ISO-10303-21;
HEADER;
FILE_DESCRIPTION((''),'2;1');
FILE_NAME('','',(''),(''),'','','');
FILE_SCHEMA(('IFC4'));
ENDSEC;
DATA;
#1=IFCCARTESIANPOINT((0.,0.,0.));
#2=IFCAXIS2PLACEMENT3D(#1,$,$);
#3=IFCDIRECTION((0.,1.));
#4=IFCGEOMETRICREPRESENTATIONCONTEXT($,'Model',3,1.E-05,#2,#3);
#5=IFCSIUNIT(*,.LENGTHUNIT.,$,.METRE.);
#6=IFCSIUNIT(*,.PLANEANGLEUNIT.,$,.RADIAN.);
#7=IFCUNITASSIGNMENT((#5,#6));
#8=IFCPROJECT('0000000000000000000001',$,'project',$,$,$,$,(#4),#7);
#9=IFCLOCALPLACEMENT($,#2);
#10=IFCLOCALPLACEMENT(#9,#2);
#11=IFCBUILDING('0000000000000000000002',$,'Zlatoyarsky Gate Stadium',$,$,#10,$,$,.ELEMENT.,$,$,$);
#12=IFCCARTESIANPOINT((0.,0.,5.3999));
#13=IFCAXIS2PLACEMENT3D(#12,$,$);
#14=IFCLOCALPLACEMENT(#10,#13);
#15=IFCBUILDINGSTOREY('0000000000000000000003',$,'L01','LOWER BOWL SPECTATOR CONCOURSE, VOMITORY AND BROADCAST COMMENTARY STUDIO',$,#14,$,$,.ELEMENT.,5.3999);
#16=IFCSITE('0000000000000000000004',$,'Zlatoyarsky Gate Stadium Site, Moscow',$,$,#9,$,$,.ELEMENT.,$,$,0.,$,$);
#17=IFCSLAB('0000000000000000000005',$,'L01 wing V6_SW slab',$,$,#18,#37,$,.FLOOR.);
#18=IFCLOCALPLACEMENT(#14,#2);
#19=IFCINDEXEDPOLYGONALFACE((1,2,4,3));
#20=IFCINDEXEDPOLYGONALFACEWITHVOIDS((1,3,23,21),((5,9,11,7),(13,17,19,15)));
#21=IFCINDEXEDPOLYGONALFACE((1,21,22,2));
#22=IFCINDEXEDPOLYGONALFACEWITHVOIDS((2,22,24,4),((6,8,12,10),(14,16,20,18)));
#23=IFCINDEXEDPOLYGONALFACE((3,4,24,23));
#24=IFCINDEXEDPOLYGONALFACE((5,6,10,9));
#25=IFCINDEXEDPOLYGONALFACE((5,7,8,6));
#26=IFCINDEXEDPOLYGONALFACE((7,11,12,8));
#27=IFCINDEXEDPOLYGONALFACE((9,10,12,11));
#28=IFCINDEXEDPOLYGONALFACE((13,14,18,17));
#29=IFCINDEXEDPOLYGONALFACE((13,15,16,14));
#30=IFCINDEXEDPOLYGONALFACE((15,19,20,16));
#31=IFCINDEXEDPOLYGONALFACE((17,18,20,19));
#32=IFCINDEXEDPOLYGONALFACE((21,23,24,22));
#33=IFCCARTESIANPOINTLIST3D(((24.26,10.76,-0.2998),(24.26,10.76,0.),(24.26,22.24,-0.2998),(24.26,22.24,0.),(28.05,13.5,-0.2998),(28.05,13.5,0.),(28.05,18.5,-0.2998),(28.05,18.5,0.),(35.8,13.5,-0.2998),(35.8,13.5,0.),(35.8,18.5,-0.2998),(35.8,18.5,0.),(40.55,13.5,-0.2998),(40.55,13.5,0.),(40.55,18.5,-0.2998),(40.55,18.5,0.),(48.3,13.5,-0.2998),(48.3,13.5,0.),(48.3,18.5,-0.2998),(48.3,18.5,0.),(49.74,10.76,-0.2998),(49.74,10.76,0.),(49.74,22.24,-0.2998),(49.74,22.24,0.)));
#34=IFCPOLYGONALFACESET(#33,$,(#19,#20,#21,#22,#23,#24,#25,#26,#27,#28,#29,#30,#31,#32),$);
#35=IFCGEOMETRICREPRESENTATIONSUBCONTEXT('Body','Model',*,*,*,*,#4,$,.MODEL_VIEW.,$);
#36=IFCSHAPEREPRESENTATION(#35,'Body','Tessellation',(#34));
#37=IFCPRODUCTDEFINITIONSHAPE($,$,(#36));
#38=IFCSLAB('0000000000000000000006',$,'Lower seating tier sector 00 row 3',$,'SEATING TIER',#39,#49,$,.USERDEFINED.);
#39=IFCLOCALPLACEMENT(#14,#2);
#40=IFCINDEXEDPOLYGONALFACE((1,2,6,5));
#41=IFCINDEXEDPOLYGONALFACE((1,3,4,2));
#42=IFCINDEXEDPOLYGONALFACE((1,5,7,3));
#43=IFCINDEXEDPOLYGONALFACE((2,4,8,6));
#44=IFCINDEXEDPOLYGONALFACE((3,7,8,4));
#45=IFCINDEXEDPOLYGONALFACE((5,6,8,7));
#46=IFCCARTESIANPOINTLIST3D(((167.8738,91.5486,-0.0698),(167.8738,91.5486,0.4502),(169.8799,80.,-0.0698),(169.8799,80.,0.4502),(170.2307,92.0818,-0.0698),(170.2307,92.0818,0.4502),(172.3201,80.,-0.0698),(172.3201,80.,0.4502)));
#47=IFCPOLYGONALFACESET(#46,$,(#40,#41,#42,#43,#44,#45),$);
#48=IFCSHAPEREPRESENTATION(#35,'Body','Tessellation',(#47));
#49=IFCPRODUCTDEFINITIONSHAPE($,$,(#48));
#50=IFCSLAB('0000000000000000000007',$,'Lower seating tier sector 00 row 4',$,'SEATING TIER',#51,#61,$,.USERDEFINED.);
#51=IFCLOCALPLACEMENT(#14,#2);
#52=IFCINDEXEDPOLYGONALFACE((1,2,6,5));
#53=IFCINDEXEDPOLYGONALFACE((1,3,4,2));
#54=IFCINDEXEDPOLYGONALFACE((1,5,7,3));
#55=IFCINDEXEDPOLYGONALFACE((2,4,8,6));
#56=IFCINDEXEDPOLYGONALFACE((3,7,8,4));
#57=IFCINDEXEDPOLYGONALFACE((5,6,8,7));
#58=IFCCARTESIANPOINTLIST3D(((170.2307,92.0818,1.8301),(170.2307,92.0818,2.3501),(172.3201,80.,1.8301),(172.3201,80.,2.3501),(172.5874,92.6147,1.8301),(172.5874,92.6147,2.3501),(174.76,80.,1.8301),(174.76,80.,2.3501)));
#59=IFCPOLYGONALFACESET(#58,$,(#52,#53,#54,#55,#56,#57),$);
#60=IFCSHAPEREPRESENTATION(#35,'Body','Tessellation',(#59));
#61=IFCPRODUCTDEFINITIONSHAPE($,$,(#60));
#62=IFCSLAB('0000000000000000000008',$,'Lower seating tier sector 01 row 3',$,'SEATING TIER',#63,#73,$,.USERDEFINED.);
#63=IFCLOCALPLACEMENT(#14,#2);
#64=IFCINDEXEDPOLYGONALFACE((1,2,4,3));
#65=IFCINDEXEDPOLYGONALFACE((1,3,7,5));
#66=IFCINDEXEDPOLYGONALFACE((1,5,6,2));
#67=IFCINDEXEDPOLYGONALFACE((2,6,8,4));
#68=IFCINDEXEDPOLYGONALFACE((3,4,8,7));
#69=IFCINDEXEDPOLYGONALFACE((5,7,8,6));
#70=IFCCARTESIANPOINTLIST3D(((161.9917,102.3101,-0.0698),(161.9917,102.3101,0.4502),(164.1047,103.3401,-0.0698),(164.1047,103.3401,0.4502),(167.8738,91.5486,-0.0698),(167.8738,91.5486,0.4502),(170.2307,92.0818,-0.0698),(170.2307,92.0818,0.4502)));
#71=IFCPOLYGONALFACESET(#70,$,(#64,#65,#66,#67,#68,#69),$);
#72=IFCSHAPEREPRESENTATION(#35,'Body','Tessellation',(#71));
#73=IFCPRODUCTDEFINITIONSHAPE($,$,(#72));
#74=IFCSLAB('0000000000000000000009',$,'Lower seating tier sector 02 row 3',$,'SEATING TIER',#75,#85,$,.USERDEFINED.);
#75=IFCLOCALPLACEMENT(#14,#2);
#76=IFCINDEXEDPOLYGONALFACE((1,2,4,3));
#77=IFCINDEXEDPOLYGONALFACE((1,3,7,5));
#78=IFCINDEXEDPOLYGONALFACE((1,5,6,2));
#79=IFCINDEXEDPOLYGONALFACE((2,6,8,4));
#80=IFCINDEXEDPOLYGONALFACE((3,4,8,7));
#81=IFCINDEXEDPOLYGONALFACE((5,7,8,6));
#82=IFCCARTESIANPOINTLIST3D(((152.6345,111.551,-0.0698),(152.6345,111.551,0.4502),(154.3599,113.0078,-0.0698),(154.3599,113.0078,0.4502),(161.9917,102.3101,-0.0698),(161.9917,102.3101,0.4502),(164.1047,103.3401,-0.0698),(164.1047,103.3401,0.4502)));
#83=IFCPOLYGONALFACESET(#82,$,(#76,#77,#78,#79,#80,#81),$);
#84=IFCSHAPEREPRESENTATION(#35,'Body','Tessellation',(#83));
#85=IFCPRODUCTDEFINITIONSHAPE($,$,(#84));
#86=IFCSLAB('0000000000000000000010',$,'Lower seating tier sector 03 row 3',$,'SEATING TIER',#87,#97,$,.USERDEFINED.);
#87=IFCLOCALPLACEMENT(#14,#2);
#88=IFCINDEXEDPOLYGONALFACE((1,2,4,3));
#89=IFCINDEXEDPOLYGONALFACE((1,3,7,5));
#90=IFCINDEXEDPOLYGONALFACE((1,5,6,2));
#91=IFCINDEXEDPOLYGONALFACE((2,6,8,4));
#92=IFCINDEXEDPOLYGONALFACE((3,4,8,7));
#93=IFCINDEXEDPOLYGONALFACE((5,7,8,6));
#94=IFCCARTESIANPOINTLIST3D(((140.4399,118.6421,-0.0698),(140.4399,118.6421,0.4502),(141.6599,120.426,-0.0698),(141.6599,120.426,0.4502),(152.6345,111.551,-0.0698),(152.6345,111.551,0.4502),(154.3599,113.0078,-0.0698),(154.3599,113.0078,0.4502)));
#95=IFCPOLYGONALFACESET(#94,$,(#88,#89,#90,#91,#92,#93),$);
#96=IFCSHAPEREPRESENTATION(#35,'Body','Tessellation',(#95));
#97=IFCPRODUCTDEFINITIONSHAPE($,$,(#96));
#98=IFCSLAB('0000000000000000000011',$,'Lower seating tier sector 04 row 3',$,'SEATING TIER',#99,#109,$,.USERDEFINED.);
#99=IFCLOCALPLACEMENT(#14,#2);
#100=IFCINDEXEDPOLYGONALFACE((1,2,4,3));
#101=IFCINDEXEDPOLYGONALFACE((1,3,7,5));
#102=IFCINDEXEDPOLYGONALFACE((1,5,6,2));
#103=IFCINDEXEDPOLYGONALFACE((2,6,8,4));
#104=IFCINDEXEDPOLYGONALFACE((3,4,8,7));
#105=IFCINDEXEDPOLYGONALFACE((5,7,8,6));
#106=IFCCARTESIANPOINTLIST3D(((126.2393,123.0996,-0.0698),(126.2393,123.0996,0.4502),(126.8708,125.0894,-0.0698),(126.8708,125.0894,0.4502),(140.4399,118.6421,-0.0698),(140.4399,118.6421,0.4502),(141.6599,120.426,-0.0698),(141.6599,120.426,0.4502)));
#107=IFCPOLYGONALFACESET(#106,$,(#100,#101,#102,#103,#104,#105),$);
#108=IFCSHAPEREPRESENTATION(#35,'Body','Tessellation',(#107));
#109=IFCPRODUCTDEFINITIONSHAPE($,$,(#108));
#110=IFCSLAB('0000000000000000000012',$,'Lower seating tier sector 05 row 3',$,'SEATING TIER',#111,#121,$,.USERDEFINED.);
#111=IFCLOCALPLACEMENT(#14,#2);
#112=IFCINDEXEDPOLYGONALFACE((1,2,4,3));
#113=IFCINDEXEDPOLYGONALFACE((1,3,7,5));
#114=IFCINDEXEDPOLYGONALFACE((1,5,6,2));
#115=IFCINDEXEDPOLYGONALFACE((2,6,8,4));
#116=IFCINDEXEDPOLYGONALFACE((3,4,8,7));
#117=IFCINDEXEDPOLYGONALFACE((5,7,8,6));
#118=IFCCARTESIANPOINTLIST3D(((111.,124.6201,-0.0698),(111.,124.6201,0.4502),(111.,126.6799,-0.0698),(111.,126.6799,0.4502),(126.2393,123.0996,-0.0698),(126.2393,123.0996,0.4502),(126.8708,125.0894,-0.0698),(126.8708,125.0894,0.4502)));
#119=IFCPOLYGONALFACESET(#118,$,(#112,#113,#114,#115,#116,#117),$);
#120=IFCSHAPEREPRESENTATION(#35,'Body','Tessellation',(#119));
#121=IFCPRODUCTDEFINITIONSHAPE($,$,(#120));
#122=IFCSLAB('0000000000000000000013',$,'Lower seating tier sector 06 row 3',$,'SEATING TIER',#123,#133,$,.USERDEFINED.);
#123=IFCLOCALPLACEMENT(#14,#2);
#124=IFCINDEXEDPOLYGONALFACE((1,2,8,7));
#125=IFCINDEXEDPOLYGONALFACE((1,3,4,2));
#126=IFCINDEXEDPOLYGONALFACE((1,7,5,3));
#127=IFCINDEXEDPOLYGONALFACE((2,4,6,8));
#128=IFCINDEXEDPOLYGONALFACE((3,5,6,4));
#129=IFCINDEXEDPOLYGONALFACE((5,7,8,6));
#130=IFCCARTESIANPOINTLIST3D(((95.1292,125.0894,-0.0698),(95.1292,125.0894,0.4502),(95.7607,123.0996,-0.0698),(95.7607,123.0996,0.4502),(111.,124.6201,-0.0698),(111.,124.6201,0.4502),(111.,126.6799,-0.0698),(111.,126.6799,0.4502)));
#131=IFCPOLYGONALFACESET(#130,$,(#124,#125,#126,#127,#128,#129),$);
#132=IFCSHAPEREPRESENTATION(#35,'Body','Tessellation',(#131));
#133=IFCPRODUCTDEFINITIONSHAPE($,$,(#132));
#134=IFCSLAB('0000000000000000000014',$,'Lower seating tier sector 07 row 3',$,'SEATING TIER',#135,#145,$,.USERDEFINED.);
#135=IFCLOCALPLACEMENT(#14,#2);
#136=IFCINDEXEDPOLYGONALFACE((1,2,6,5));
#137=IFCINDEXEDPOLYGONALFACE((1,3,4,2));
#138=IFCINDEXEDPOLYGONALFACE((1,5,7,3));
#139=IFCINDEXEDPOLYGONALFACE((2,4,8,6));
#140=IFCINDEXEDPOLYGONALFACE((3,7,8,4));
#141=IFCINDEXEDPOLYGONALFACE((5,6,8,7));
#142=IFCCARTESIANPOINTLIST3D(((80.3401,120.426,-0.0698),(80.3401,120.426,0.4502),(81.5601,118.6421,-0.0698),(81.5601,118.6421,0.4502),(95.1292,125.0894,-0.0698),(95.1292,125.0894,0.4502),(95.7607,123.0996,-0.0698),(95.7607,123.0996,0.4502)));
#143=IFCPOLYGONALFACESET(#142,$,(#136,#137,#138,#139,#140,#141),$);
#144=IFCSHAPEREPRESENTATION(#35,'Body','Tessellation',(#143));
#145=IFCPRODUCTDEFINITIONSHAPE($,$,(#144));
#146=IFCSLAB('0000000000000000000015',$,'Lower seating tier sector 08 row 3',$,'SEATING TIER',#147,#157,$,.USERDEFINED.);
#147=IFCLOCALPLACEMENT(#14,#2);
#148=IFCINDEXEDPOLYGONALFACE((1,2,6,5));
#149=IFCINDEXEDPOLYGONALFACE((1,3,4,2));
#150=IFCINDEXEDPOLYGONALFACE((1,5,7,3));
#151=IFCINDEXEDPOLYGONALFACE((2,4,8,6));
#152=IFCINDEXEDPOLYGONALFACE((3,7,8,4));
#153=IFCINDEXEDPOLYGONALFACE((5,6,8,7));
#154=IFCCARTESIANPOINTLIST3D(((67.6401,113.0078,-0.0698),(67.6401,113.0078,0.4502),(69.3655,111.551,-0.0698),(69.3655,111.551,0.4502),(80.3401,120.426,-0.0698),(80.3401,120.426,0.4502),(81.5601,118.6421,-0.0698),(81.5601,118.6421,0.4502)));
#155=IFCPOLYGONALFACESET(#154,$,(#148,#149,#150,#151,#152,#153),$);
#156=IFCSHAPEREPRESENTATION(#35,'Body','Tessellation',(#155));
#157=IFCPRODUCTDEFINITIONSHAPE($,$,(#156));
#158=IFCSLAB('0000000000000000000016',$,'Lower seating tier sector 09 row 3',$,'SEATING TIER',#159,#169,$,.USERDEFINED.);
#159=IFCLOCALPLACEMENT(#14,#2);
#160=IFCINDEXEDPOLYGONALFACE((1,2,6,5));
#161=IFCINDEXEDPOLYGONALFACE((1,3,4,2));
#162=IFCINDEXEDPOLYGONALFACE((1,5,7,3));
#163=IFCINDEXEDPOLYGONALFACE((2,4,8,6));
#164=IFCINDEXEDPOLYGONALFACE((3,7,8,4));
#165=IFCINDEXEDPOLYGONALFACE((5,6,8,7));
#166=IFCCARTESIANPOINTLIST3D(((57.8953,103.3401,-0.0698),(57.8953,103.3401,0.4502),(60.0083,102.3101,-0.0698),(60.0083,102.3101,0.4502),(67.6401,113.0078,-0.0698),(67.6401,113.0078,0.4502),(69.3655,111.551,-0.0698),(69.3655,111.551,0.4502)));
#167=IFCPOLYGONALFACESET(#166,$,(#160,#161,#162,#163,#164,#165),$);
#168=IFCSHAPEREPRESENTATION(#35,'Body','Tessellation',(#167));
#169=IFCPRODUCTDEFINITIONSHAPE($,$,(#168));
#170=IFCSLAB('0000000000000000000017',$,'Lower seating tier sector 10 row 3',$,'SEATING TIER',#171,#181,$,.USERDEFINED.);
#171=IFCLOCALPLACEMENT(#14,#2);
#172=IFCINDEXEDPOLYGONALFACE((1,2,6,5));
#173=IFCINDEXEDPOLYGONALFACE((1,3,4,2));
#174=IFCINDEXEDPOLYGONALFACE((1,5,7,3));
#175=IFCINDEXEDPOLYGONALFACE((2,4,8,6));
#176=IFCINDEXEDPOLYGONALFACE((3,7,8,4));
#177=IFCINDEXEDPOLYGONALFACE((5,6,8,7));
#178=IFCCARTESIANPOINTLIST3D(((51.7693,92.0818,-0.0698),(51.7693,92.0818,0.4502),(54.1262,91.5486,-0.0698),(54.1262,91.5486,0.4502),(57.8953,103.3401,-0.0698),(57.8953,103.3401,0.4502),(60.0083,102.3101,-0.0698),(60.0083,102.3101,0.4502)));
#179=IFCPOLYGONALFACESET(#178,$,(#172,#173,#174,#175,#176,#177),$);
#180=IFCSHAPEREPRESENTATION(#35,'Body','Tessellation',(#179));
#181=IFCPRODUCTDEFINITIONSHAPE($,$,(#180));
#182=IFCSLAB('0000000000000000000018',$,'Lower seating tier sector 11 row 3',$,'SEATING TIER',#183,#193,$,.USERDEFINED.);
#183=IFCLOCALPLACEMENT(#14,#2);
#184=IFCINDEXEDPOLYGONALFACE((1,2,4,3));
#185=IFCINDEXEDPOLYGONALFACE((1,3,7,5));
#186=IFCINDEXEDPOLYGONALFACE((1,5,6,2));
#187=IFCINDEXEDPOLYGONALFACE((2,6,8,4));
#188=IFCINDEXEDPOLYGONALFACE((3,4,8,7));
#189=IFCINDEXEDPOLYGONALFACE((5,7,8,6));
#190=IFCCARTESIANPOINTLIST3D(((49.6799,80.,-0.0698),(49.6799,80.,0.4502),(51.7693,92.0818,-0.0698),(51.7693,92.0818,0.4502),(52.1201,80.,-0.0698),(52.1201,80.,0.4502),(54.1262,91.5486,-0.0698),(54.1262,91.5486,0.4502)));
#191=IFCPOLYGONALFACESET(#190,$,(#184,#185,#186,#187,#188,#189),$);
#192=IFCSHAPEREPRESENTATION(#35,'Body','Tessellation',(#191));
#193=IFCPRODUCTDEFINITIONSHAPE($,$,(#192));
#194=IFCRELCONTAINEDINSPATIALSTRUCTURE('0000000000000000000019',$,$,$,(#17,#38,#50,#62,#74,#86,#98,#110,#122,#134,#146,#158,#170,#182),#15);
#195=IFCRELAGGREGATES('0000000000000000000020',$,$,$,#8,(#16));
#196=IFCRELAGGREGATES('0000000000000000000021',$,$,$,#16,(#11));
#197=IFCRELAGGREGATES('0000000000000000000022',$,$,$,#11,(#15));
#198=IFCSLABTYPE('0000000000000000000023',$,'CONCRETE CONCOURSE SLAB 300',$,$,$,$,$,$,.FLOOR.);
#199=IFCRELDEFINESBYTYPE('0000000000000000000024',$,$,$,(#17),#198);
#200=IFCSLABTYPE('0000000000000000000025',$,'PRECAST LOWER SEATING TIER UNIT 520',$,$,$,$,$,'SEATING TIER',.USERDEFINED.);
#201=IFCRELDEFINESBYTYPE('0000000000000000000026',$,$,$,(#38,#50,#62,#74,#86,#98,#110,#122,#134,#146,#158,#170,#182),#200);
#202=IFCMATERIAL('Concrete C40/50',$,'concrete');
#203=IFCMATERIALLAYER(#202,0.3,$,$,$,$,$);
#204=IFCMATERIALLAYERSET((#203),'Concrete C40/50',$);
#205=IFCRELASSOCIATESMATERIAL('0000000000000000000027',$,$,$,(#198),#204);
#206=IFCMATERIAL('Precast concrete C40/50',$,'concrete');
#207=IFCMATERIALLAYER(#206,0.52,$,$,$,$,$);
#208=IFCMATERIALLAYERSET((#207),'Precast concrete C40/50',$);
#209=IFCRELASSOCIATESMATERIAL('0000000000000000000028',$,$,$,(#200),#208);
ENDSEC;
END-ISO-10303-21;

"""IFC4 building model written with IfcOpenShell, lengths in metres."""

from ifc_helpers import new_model, si_unit, direction, frame, origin, place, context, subcontext, project, spatial, polyline, outline, extrude, material, layer, layer_set, type_object, element, save


model = new_model("IFC4")

# Units and contexts
model_context = context("Model", 3, precision=1e-05, world=origin(), true_north=direction((0.0, 1.0)))
body_context = subcontext(model_context, "Body", "Model", "MODEL_VIEW")
ifc_project = project(units=[si_unit("LENGTHUNIT", "METRE"), si_unit("PLANEANGLEUNIT", "RADIAN")], contexts=[model_context])

# Site, building, storey
site_placement = place(None, origin())
site = spatial("IfcSite", under=ifc_project, at=site_placement, Name="Zlatoyarsky Gate Stadium Site, Moscow", CompositionType="ELEMENT", RefElevation=0.0)
building_placement = place(site_placement, origin())
building = spatial("IfcBuilding", under=site, at=building_placement, Name="Zlatoyarsky Gate Stadium", CompositionType="ELEMENT")
storey_placement = place(building_placement, frame((0.0, 0.0, 5.3999)))
storey = spatial("IfcBuildingStorey", under=building, at=storey_placement, Name="L01", Description="LOWER BOWL SPECTATOR CONCOURSE, VOMITORY AND BROADCAST COMMENTARY STUDIO", CompositionType="ELEMENT", Elevation=5.3999)

# Slabs
ifc_material_1 = material(Name="Concrete C40/50", Category="concrete")
ifc_layer_1 = layer(ifc_material_1, 0.3)
ifc_layer_set_1 = layer_set([ifc_layer_1], Name="Concrete C40/50")
slab_type_1 = type_object("IfcSlabType", Name="CONCRETE CONCOURSE SLAB 300", PredefinedType="FLOOR", material=ifc_layer_set_1)
slab_1_placement = place(storey_placement, frame((0.0, 0.0, -0.2998)))
element("IfcSlab", 1, at=slab_1_placement, inside=storey, type_object=slab_type_1, Name="L01 wing V6_SW slab", PredefinedType="FLOOR", context=body_context, shape_type="SweptSolid", body=[
    extrude(outline(polyline([(49.74, 22.24), (49.74, 10.76), (24.26, 10.76), (24.26, 22.24), (49.74, 22.24)]), holes=[polyline([(35.8, 13.5), (35.8, 18.5), (28.05, 18.5), (28.05, 13.5), (35.8, 13.5)]), polyline([(40.55, 13.5), (48.3, 13.5), (48.3, 18.5), (40.55, 18.5), (40.55, 13.5)])]), origin(), (0.0, 0.0, 1.0), 0.2998),
])
ifc_material_2 = material(Name="Precast concrete C40/50", Category="concrete")
ifc_layer_2 = layer(ifc_material_2, 0.52)
ifc_layer_set_2 = layer_set([ifc_layer_2], Name="Precast concrete C40/50")
slab_type_2 = type_object("IfcSlabType", Name="PRECAST LOWER SEATING TIER UNIT 520", ElementType="SEATING TIER", PredefinedType="USERDEFINED", material=ifc_layer_set_2)
slab_2_placement = place(storey_placement, frame((0.0, 0.0, -0.0698)))
element("IfcSlab", 2, at=slab_2_placement, inside=storey, type_object=slab_type_2, Name="Lower seating tier sector 00 row 3", ObjectType="SEATING TIER", PredefinedType="USERDEFINED", context=body_context, shape_type="SweptSolid", body=[
    extrude(outline(polyline([(169.8799, 80.0), (172.3201, 80.0), (170.2307, 92.0818), (167.8738, 91.5486), (169.8799, 80.0)])), origin(), (0.0, 0.0, 1.0), 0.52),
])
slab_3_placement = place(storey_placement, frame((0.0, 0.0, 1.8301)))
element("IfcSlab", 3, at=slab_3_placement, inside=storey, type_object=slab_type_2, Name="Lower seating tier sector 00 row 4", ObjectType="SEATING TIER", PredefinedType="USERDEFINED", context=body_context, shape_type="SweptSolid", body=[
    extrude(outline(polyline([(172.3201, 80.0), (174.76, 80.0), (172.5874, 92.6147), (170.2307, 92.0818), (172.3201, 80.0)])), origin(), (0.0, 0.0, 1.0), 0.52),
])
slab_4_placement = place(storey_placement, frame((0.0, 0.0, -0.0698)))
element("IfcSlab", 4, at=slab_4_placement, inside=storey, type_object=slab_type_2, Name="Lower seating tier sector 01 row 3", ObjectType="SEATING TIER", PredefinedType="USERDEFINED", context=body_context, shape_type="SweptSolid", body=[
    extrude(outline(polyline([(167.8738, 91.5486), (170.2307, 92.0818), (164.1047, 103.3401), (161.9917, 102.3101), (167.8738, 91.5486)])), origin(), (0.0, 0.0, 1.0), 0.52),
])
slab_5_placement = place(storey_placement, frame((0.0, 0.0, -0.0698)))
element("IfcSlab", 5, at=slab_5_placement, inside=storey, type_object=slab_type_2, Name="Lower seating tier sector 02 row 3", ObjectType="SEATING TIER", PredefinedType="USERDEFINED", context=body_context, shape_type="SweptSolid", body=[
    extrude(outline(polyline([(161.9917, 102.3101), (164.1047, 103.3401), (154.3599, 113.0078), (152.6345, 111.551), (161.9917, 102.3101)])), origin(), (0.0, 0.0, 1.0), 0.52),
])
slab_6_placement = place(storey_placement, frame((0.0, 0.0, -0.0698)))
element("IfcSlab", 6, at=slab_6_placement, inside=storey, type_object=slab_type_2, Name="Lower seating tier sector 03 row 3", ObjectType="SEATING TIER", PredefinedType="USERDEFINED", context=body_context, shape_type="SweptSolid", body=[
    extrude(outline(polyline([(152.6345, 111.551), (154.3599, 113.0078), (141.6599, 120.426), (140.4399, 118.6421), (152.6345, 111.551)])), origin(), (0.0, 0.0, 1.0), 0.52),
])
slab_7_placement = place(storey_placement, frame((0.0, 0.0, -0.0698)))
element("IfcSlab", 7, at=slab_7_placement, inside=storey, type_object=slab_type_2, Name="Lower seating tier sector 04 row 3", ObjectType="SEATING TIER", PredefinedType="USERDEFINED", context=body_context, shape_type="SweptSolid", body=[
    extrude(outline(polyline([(140.4399, 118.6421), (141.6599, 120.426), (126.8708, 125.0894), (126.2393, 123.0996), (140.4399, 118.6421)])), origin(), (0.0, 0.0, 1.0), 0.52),
])
slab_8_placement = place(storey_placement, frame((0.0, 0.0, -0.0698)))
element("IfcSlab", 8, at=slab_8_placement, inside=storey, type_object=slab_type_2, Name="Lower seating tier sector 05 row 3", ObjectType="SEATING TIER", PredefinedType="USERDEFINED", context=body_context, shape_type="SweptSolid", body=[
    extrude(outline(polyline([(126.2393, 123.0996), (126.8708, 125.0894), (111.0, 126.6799), (111.0, 124.6201), (126.2393, 123.0996)])), origin(), (0.0, 0.0, 1.0), 0.52),
])
slab_9_placement = place(storey_placement, frame((0.0, 0.0, -0.0698)))
element("IfcSlab", 9, at=slab_9_placement, inside=storey, type_object=slab_type_2, Name="Lower seating tier sector 06 row 3", ObjectType="SEATING TIER", PredefinedType="USERDEFINED", context=body_context, shape_type="SweptSolid", body=[
    extrude(outline(polyline([(111.0, 124.6201), (111.0, 126.6799), (95.1292, 125.0894), (95.7607, 123.0996), (111.0, 124.6201)])), origin(), (0.0, 0.0, 1.0), 0.52),
])
slab_10_placement = place(storey_placement, frame((0.0, 0.0, -0.0698)))
element("IfcSlab", 10, at=slab_10_placement, inside=storey, type_object=slab_type_2, Name="Lower seating tier sector 07 row 3", ObjectType="SEATING TIER", PredefinedType="USERDEFINED", context=body_context, shape_type="SweptSolid", body=[
    extrude(outline(polyline([(95.7607, 123.0996), (95.1292, 125.0894), (80.3401, 120.426), (81.5601, 118.6421), (95.7607, 123.0996)])), origin(), (0.0, 0.0, 1.0), 0.52),
])
slab_11_placement = place(storey_placement, frame((0.0, 0.0, -0.0698)))
element("IfcSlab", 11, at=slab_11_placement, inside=storey, type_object=slab_type_2, Name="Lower seating tier sector 08 row 3", ObjectType="SEATING TIER", PredefinedType="USERDEFINED", context=body_context, shape_type="SweptSolid", body=[
    extrude(outline(polyline([(81.5601, 118.6421), (80.3401, 120.426), (67.6401, 113.0078), (69.3655, 111.551), (81.5601, 118.6421)])), origin(), (0.0, 0.0, 1.0), 0.52),
])
slab_12_placement = place(storey_placement, frame((0.0, 0.0, -0.0698)))
element("IfcSlab", 12, at=slab_12_placement, inside=storey, type_object=slab_type_2, Name="Lower seating tier sector 09 row 3", ObjectType="SEATING TIER", PredefinedType="USERDEFINED", context=body_context, shape_type="SweptSolid", body=[
    extrude(outline(polyline([(69.3655, 111.551), (67.6401, 113.0078), (57.8953, 103.3401), (60.0083, 102.3101), (69.3655, 111.551)])), origin(), (0.0, 0.0, 1.0), 0.52),
])
slab_13_placement = place(storey_placement, frame((0.0, 0.0, -0.0698)))
element("IfcSlab", 13, at=slab_13_placement, inside=storey, type_object=slab_type_2, Name="Lower seating tier sector 10 row 3", ObjectType="SEATING TIER", PredefinedType="USERDEFINED", context=body_context, shape_type="SweptSolid", body=[
    extrude(outline(polyline([(60.0083, 102.3101), (57.8953, 103.3401), (51.7693, 92.0818), (54.1262, 91.5486), (60.0083, 102.3101)])), origin(), (0.0, 0.0, 1.0), 0.52),
])
slab_14_placement = place(storey_placement, frame((0.0, 0.0, -0.0698)))
element("IfcSlab", 14, at=slab_14_placement, inside=storey, type_object=slab_type_2, Name="Lower seating tier sector 11 row 3", ObjectType="SEATING TIER", PredefinedType="USERDEFINED", context=body_context, shape_type="SweptSolid", body=[
    extrude(outline(polyline([(54.1262, 91.5486), (51.7693, 92.0818), (49.6799, 80.0), (52.1201, 80.0), (54.1262, 91.5486)])), origin(), (0.0, 0.0, 1.0), 0.52),
])

save(model, "model.ifc")
